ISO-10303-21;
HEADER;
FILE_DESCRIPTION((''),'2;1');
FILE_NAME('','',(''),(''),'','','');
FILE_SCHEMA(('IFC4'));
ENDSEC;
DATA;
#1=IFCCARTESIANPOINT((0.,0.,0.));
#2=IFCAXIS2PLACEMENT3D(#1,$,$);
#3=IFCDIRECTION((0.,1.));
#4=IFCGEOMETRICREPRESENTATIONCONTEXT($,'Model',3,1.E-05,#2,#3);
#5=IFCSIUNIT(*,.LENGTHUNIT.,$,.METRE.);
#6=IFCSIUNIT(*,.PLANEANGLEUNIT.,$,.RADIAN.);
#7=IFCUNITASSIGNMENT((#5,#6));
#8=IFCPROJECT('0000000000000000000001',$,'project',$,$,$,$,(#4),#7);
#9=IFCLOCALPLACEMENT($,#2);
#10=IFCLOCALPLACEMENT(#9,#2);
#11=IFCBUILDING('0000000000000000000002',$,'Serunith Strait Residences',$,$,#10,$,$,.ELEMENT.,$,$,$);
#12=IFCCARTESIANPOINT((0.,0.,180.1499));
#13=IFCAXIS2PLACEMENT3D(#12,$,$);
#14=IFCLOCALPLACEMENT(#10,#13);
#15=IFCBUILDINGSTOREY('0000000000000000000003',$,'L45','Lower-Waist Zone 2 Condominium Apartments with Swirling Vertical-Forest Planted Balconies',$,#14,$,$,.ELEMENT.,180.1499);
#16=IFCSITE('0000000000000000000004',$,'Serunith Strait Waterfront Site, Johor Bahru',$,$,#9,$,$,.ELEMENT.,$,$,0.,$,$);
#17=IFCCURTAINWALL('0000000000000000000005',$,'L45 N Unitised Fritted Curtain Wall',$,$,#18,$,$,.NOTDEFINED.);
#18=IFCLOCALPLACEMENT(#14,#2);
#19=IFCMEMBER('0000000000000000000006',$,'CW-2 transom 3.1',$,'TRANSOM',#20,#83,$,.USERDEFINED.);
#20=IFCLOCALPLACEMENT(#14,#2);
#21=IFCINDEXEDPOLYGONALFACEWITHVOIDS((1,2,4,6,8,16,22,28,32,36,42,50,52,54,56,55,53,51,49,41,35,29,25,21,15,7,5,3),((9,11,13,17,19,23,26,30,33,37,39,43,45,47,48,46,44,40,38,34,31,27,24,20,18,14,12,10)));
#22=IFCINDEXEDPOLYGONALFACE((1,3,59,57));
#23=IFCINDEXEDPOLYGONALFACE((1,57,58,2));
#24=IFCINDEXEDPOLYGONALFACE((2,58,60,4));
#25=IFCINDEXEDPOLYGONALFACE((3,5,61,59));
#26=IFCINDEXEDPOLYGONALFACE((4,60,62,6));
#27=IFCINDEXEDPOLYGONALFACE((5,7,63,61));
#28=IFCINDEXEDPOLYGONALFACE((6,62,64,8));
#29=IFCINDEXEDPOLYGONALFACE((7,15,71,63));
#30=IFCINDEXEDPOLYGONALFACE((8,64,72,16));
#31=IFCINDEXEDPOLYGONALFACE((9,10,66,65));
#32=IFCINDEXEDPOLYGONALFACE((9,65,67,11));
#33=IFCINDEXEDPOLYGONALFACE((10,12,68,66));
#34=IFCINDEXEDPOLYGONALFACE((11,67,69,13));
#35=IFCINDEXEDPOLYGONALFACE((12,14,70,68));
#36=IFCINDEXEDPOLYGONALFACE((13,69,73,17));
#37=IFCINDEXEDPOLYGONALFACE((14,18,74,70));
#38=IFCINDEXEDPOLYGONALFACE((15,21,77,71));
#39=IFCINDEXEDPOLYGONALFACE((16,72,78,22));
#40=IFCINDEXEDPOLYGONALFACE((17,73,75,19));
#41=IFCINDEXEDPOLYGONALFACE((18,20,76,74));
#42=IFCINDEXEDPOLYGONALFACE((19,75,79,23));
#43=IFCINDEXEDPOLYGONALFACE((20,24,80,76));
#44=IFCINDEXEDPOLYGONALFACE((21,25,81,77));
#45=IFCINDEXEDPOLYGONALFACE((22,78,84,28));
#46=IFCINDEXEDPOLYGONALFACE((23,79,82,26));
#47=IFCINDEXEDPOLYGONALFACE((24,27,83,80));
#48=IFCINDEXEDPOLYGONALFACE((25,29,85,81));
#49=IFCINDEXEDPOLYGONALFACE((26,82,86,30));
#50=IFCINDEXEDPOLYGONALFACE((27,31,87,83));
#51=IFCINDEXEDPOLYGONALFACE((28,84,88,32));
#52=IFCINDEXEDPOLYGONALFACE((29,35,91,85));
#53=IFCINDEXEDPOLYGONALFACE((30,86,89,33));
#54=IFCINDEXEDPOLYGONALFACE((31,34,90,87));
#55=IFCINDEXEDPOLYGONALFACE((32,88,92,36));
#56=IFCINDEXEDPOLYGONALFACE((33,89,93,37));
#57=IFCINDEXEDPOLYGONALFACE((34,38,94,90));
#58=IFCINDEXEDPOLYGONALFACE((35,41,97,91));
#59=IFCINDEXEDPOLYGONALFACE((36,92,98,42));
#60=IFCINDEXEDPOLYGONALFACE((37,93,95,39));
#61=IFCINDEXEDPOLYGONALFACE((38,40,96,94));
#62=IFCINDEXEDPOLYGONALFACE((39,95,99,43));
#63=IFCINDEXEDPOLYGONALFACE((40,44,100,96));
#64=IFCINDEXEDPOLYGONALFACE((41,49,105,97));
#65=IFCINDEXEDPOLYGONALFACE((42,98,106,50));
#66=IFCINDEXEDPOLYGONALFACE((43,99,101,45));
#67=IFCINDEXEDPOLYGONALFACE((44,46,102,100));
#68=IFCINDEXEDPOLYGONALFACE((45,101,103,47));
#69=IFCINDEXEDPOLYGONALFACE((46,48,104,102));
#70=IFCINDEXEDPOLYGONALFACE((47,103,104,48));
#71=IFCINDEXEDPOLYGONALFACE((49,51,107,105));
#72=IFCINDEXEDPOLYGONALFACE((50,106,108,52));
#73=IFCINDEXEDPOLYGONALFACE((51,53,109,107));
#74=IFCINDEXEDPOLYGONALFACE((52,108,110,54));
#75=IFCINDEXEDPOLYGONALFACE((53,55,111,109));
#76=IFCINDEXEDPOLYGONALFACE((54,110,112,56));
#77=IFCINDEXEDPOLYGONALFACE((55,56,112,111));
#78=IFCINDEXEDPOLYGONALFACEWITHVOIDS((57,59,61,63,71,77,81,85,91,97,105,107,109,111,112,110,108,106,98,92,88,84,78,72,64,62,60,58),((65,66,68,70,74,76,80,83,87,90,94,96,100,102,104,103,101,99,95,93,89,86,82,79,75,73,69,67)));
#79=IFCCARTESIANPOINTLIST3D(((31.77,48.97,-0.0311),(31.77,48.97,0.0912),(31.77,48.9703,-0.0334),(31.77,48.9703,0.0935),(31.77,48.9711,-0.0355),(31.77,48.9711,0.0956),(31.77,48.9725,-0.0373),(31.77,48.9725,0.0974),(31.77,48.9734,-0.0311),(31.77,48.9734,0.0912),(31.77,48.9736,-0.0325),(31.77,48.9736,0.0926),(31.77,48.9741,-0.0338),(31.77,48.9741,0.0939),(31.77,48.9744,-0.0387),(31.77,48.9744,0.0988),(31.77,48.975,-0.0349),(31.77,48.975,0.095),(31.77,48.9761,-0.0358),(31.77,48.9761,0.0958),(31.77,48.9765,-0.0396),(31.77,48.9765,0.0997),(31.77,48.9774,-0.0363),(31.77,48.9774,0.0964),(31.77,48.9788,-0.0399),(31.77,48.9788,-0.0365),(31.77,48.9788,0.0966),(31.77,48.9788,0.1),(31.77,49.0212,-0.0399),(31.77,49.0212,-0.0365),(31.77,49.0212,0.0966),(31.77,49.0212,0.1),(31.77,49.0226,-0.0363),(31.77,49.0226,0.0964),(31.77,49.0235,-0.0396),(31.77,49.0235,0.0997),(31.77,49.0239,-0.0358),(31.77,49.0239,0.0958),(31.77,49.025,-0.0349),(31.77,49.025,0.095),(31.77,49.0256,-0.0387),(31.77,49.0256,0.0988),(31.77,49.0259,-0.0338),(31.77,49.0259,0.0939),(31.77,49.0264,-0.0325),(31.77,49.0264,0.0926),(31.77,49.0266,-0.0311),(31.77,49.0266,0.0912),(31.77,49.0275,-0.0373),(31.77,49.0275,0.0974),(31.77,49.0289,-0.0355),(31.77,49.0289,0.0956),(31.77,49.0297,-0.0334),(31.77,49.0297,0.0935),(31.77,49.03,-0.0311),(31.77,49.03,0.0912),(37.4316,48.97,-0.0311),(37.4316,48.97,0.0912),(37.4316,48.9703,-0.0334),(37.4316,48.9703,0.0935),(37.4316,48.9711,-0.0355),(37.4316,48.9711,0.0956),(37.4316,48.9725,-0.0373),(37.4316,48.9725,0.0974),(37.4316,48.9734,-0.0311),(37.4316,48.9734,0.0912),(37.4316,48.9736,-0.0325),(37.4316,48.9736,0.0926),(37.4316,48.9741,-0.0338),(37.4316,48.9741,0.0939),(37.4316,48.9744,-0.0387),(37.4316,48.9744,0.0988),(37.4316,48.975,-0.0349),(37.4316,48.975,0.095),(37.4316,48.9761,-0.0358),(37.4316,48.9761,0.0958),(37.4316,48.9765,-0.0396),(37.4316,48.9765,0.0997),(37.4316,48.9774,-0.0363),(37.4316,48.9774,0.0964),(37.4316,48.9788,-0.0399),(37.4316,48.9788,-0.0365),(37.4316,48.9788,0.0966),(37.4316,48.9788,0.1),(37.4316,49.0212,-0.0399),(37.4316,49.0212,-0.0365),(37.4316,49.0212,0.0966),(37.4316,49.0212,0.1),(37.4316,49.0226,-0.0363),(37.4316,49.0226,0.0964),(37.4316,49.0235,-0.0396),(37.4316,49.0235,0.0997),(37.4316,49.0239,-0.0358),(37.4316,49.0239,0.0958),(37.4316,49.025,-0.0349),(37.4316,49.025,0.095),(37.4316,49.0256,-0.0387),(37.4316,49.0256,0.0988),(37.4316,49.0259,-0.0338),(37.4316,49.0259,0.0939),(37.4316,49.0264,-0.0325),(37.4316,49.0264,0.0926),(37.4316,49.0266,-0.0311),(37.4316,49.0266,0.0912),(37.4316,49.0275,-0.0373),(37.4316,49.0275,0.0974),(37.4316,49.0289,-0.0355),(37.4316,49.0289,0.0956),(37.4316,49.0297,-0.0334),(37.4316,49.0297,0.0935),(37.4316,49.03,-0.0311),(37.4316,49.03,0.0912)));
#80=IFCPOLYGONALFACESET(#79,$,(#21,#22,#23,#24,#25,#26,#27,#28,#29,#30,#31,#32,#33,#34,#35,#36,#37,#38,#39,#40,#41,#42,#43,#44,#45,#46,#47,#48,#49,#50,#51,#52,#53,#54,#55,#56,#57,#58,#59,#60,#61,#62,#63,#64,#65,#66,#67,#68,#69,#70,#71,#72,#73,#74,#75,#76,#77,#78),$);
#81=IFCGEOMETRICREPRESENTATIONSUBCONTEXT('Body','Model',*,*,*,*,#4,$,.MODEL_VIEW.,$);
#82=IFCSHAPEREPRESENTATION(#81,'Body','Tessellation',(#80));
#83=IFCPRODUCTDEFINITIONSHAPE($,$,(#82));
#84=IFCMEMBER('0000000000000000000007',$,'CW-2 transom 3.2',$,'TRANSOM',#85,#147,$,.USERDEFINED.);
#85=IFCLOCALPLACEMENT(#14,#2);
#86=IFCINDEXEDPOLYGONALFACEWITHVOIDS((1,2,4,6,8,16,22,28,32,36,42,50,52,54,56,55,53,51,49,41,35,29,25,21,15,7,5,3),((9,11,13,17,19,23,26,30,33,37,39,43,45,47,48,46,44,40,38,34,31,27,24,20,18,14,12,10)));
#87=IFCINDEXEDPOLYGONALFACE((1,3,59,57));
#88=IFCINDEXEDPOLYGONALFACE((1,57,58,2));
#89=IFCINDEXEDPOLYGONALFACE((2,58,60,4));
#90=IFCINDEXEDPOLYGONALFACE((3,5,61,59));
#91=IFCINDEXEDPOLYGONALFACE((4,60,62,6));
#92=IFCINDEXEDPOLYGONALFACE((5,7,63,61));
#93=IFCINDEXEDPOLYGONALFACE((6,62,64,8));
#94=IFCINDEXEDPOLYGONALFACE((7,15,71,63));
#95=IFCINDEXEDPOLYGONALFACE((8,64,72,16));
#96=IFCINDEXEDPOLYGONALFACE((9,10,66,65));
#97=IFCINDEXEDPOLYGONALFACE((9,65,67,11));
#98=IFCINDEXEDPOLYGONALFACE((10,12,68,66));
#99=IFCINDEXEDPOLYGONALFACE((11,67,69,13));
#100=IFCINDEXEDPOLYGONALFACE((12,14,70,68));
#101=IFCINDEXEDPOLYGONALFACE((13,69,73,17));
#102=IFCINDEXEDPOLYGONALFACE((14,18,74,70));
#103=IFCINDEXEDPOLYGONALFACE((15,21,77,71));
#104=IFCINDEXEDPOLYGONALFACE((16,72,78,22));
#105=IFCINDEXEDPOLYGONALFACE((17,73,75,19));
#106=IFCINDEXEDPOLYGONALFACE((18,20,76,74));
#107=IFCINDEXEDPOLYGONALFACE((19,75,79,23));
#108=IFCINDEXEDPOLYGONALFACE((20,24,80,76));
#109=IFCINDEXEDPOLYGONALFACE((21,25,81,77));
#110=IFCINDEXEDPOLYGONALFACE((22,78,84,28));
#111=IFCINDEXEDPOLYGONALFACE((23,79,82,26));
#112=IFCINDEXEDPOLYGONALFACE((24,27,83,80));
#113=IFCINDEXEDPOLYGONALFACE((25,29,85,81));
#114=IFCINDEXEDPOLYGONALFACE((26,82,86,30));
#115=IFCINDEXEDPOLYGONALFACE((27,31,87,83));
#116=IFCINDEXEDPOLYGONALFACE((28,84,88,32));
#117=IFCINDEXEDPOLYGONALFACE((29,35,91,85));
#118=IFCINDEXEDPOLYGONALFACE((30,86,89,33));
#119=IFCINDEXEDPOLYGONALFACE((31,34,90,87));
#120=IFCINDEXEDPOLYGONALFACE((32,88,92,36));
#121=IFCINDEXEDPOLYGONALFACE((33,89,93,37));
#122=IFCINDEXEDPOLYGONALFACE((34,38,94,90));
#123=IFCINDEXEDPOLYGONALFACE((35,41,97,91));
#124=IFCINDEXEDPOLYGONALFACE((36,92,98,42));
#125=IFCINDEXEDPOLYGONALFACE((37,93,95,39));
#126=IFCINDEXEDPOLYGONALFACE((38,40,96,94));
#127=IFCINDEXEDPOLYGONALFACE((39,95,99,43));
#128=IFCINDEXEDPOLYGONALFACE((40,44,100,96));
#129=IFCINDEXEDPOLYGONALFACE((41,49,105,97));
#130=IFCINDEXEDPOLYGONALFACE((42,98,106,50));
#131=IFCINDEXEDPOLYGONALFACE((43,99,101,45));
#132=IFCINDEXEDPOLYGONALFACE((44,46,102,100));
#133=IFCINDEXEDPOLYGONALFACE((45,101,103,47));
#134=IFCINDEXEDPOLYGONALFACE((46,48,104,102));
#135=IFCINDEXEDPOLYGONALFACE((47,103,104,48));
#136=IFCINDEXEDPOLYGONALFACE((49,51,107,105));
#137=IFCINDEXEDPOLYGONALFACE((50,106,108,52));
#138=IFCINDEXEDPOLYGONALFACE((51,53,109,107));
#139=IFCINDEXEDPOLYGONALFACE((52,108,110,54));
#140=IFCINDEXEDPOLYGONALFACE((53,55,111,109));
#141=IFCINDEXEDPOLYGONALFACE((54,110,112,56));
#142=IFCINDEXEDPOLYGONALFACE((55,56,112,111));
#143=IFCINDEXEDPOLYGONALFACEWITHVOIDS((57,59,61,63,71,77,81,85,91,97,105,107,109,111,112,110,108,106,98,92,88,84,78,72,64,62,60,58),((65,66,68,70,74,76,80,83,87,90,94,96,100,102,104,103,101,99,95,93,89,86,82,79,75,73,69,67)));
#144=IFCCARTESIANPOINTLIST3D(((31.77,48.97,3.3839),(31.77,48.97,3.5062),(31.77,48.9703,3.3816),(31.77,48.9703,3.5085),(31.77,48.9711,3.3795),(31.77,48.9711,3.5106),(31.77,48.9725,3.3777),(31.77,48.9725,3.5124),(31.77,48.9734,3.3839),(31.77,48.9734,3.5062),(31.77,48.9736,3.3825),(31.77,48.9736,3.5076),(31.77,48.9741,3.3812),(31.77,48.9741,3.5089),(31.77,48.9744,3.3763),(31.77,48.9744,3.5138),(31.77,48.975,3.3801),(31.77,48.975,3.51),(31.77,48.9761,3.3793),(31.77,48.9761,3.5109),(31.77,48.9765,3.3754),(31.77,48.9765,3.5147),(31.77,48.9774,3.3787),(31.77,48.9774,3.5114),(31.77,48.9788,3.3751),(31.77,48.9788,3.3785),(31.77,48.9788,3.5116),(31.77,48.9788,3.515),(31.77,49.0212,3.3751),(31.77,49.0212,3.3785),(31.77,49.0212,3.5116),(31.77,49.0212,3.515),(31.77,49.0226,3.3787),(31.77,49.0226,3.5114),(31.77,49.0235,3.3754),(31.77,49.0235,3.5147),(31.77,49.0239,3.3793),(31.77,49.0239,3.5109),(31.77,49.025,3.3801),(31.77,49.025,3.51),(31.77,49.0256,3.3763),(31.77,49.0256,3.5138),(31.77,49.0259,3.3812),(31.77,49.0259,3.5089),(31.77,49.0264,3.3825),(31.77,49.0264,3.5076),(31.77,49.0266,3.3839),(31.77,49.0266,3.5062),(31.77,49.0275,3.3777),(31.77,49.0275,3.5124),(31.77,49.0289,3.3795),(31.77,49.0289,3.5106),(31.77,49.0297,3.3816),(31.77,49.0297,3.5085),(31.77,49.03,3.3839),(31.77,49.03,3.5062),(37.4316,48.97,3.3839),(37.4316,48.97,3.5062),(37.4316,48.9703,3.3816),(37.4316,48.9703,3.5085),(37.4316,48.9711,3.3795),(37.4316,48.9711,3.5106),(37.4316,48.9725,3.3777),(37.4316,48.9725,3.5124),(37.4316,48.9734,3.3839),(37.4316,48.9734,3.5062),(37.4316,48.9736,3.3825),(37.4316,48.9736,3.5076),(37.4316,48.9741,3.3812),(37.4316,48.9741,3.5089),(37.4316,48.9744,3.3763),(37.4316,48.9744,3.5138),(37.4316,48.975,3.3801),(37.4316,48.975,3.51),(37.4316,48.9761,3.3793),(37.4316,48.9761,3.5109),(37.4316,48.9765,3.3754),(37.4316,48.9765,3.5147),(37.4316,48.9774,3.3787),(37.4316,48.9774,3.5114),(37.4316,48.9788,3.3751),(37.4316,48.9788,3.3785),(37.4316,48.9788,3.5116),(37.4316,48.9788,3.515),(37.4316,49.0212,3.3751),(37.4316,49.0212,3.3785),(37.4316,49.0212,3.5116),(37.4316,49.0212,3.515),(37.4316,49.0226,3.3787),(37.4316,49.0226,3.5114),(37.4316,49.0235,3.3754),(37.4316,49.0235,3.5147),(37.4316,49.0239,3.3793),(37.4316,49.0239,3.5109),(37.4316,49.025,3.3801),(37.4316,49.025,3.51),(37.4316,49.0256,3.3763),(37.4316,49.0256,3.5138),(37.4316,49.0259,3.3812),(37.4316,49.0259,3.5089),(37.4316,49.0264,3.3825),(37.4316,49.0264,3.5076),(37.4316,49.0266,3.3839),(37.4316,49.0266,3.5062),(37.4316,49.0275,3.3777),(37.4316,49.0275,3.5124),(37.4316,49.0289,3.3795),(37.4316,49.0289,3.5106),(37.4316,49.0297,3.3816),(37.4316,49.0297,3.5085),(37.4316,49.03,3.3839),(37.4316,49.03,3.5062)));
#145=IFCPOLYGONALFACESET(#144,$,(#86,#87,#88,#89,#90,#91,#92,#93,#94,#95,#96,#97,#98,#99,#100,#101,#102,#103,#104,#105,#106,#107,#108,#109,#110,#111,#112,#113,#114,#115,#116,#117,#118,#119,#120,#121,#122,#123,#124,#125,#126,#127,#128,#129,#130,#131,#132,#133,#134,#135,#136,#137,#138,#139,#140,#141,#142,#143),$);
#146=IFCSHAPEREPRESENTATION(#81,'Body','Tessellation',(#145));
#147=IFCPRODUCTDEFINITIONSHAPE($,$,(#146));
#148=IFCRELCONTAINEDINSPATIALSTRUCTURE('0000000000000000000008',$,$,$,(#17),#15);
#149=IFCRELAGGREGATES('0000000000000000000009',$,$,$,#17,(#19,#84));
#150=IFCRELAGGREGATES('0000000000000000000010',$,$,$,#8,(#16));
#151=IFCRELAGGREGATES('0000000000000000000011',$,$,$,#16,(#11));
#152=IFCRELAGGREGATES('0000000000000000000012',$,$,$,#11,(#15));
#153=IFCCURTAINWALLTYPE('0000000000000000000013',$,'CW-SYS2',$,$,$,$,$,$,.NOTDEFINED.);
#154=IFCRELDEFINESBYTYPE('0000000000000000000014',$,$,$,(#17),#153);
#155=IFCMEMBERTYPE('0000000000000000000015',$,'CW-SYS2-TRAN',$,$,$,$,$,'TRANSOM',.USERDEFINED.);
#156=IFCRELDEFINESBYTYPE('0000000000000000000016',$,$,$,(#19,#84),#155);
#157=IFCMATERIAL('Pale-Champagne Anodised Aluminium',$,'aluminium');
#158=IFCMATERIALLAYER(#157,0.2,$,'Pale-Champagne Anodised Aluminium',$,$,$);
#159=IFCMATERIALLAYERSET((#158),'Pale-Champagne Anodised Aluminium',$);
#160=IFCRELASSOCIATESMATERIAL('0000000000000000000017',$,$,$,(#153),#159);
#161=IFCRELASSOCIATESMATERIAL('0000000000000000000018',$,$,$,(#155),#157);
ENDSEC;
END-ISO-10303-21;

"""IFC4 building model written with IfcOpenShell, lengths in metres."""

from ifc_helpers import new_model, si_unit, direction, frame, origin, origin_2d, place, context, subcontext, project, spatial, hollow_rectangle, extrude, source, transform, mapped, material, layer, layer_set, material_profile, profile_set, type_object, element, aggregate, save


model = new_model("IFC4")

# Units and contexts
model_context = context("Model", 3, precision=1e-05, world=origin(), true_north=direction((0.0, 1.0)))
body_context = subcontext(model_context, "Body", "Model", "MODEL_VIEW")
ifc_project = project(units=[si_unit("LENGTHUNIT", "METRE"), si_unit("PLANEANGLEUNIT", "RADIAN")], contexts=[model_context])

# Site, building, storey
site_placement = place(None, origin())
site = spatial("IfcSite", under=ifc_project, at=site_placement, Name="Serunith Strait Waterfront Site, Johor Bahru", CompositionType="ELEMENT", RefElevation=0.0)
building_placement = place(site_placement, origin())
building = spatial("IfcBuilding", under=site, at=building_placement, Name="Serunith Strait Residences", CompositionType="ELEMENT")
storey_placement = place(building_placement, frame((0.0, 0.0, 180.1499)))
storey = spatial("IfcBuildingStorey", under=building, at=storey_placement, Name="L45", Description="Lower-Waist Zone 2 Condominium Apartments with Swirling Vertical-Forest Planted Balconies", CompositionType="ELEMENT", Elevation=180.1499)

# Curtain wall, members
ifc_material_1 = material(Name="Pale-Champagne Anodised Aluminium", Category="aluminium")
ifc_layer_1 = layer(ifc_material_1, 0.2, Name="Pale-Champagne Anodised Aluminium")
ifc_layer_set_1 = layer_set([ifc_layer_1], Name="Pale-Champagne Anodised Aluminium")
curtain_wall_type = type_object("IfcCurtainWallType", Name="CW-SYS2", PredefinedType="NOTDEFINED", material=ifc_layer_set_1)
curtain_wall_placement = place(storey_placement, origin())
curtain_wall = element("IfcCurtainWall", 1, at=curtain_wall_placement, inside=storey, type_object=curtain_wall_type, Name="L45 N Unitised Fritted Curtain Wall", PredefinedType="NOTDEFINED")
ifc_material_profile_1 = material_profile(ifc_material_1, hollow_rectangle(XDim=0.0601, YDim=0.1399, WallThickness=0.0034, InnerFilletRadius=0.0054, OuterFilletRadius=0.0088, at=origin_2d()), Name="ALU 140x60x3.5")
ifc_profile_set_1 = profile_set([ifc_material_profile_1], Name="Pale-Champagne Anodised Aluminium")
member_type_1 = type_object("IfcMemberType", Name="CW-SYS2-TRAN", ElementType="TRANSOM", PredefinedType="USERDEFINED", material=ifc_profile_set_1)
shared_shape_1 = source(origin(), body_context, "Body", "SweptSolid", [
    extrude(hollow_rectangle(XDim=0.0601, YDim=0.1399, WallThickness=0.0034, InnerFilletRadius=0.0054, OuterFilletRadius=0.0088, at=origin_2d()), origin(), (0.0, 0.0, 1.0), 5.6616),
])
member_1_placement = place(storey_placement, frame((37.4316, 49.0, 0.03), z_axis=(-1.0, 0.0, 0.0), x_axis=(0.0, -1.0, 0.0)))
member_1 = element("IfcMember", 2, at=member_1_placement, type_object=member_type_1, Name="CW-2 transom 3.1", ObjectType="TRANSOM", PredefinedType="USERDEFINED", context=body_context, shape_type="MappedRepresentation", body=[
    mapped(shared_shape_1, transform((0.0, 0.0, 0.0), scale=1.0)),
])
member_2_placement = place(storey_placement, frame((37.4316, 49.0, 3.4451), z_axis=(-1.0, 0.0, 0.0), x_axis=(0.0, -1.0, 0.0)))
member_2 = element("IfcMember", 3, at=member_2_placement, type_object=member_type_1, Name="CW-2 transom 3.2", ObjectType="TRANSOM", PredefinedType="USERDEFINED", context=body_context, shape_type="MappedRepresentation", body=[
    mapped(shared_shape_1, transform((0.0, 0.0, 0.0), scale=1.0)),
])
aggregate(curtain_wall, [member_1, member_2])

save(model, "model.ifc")
